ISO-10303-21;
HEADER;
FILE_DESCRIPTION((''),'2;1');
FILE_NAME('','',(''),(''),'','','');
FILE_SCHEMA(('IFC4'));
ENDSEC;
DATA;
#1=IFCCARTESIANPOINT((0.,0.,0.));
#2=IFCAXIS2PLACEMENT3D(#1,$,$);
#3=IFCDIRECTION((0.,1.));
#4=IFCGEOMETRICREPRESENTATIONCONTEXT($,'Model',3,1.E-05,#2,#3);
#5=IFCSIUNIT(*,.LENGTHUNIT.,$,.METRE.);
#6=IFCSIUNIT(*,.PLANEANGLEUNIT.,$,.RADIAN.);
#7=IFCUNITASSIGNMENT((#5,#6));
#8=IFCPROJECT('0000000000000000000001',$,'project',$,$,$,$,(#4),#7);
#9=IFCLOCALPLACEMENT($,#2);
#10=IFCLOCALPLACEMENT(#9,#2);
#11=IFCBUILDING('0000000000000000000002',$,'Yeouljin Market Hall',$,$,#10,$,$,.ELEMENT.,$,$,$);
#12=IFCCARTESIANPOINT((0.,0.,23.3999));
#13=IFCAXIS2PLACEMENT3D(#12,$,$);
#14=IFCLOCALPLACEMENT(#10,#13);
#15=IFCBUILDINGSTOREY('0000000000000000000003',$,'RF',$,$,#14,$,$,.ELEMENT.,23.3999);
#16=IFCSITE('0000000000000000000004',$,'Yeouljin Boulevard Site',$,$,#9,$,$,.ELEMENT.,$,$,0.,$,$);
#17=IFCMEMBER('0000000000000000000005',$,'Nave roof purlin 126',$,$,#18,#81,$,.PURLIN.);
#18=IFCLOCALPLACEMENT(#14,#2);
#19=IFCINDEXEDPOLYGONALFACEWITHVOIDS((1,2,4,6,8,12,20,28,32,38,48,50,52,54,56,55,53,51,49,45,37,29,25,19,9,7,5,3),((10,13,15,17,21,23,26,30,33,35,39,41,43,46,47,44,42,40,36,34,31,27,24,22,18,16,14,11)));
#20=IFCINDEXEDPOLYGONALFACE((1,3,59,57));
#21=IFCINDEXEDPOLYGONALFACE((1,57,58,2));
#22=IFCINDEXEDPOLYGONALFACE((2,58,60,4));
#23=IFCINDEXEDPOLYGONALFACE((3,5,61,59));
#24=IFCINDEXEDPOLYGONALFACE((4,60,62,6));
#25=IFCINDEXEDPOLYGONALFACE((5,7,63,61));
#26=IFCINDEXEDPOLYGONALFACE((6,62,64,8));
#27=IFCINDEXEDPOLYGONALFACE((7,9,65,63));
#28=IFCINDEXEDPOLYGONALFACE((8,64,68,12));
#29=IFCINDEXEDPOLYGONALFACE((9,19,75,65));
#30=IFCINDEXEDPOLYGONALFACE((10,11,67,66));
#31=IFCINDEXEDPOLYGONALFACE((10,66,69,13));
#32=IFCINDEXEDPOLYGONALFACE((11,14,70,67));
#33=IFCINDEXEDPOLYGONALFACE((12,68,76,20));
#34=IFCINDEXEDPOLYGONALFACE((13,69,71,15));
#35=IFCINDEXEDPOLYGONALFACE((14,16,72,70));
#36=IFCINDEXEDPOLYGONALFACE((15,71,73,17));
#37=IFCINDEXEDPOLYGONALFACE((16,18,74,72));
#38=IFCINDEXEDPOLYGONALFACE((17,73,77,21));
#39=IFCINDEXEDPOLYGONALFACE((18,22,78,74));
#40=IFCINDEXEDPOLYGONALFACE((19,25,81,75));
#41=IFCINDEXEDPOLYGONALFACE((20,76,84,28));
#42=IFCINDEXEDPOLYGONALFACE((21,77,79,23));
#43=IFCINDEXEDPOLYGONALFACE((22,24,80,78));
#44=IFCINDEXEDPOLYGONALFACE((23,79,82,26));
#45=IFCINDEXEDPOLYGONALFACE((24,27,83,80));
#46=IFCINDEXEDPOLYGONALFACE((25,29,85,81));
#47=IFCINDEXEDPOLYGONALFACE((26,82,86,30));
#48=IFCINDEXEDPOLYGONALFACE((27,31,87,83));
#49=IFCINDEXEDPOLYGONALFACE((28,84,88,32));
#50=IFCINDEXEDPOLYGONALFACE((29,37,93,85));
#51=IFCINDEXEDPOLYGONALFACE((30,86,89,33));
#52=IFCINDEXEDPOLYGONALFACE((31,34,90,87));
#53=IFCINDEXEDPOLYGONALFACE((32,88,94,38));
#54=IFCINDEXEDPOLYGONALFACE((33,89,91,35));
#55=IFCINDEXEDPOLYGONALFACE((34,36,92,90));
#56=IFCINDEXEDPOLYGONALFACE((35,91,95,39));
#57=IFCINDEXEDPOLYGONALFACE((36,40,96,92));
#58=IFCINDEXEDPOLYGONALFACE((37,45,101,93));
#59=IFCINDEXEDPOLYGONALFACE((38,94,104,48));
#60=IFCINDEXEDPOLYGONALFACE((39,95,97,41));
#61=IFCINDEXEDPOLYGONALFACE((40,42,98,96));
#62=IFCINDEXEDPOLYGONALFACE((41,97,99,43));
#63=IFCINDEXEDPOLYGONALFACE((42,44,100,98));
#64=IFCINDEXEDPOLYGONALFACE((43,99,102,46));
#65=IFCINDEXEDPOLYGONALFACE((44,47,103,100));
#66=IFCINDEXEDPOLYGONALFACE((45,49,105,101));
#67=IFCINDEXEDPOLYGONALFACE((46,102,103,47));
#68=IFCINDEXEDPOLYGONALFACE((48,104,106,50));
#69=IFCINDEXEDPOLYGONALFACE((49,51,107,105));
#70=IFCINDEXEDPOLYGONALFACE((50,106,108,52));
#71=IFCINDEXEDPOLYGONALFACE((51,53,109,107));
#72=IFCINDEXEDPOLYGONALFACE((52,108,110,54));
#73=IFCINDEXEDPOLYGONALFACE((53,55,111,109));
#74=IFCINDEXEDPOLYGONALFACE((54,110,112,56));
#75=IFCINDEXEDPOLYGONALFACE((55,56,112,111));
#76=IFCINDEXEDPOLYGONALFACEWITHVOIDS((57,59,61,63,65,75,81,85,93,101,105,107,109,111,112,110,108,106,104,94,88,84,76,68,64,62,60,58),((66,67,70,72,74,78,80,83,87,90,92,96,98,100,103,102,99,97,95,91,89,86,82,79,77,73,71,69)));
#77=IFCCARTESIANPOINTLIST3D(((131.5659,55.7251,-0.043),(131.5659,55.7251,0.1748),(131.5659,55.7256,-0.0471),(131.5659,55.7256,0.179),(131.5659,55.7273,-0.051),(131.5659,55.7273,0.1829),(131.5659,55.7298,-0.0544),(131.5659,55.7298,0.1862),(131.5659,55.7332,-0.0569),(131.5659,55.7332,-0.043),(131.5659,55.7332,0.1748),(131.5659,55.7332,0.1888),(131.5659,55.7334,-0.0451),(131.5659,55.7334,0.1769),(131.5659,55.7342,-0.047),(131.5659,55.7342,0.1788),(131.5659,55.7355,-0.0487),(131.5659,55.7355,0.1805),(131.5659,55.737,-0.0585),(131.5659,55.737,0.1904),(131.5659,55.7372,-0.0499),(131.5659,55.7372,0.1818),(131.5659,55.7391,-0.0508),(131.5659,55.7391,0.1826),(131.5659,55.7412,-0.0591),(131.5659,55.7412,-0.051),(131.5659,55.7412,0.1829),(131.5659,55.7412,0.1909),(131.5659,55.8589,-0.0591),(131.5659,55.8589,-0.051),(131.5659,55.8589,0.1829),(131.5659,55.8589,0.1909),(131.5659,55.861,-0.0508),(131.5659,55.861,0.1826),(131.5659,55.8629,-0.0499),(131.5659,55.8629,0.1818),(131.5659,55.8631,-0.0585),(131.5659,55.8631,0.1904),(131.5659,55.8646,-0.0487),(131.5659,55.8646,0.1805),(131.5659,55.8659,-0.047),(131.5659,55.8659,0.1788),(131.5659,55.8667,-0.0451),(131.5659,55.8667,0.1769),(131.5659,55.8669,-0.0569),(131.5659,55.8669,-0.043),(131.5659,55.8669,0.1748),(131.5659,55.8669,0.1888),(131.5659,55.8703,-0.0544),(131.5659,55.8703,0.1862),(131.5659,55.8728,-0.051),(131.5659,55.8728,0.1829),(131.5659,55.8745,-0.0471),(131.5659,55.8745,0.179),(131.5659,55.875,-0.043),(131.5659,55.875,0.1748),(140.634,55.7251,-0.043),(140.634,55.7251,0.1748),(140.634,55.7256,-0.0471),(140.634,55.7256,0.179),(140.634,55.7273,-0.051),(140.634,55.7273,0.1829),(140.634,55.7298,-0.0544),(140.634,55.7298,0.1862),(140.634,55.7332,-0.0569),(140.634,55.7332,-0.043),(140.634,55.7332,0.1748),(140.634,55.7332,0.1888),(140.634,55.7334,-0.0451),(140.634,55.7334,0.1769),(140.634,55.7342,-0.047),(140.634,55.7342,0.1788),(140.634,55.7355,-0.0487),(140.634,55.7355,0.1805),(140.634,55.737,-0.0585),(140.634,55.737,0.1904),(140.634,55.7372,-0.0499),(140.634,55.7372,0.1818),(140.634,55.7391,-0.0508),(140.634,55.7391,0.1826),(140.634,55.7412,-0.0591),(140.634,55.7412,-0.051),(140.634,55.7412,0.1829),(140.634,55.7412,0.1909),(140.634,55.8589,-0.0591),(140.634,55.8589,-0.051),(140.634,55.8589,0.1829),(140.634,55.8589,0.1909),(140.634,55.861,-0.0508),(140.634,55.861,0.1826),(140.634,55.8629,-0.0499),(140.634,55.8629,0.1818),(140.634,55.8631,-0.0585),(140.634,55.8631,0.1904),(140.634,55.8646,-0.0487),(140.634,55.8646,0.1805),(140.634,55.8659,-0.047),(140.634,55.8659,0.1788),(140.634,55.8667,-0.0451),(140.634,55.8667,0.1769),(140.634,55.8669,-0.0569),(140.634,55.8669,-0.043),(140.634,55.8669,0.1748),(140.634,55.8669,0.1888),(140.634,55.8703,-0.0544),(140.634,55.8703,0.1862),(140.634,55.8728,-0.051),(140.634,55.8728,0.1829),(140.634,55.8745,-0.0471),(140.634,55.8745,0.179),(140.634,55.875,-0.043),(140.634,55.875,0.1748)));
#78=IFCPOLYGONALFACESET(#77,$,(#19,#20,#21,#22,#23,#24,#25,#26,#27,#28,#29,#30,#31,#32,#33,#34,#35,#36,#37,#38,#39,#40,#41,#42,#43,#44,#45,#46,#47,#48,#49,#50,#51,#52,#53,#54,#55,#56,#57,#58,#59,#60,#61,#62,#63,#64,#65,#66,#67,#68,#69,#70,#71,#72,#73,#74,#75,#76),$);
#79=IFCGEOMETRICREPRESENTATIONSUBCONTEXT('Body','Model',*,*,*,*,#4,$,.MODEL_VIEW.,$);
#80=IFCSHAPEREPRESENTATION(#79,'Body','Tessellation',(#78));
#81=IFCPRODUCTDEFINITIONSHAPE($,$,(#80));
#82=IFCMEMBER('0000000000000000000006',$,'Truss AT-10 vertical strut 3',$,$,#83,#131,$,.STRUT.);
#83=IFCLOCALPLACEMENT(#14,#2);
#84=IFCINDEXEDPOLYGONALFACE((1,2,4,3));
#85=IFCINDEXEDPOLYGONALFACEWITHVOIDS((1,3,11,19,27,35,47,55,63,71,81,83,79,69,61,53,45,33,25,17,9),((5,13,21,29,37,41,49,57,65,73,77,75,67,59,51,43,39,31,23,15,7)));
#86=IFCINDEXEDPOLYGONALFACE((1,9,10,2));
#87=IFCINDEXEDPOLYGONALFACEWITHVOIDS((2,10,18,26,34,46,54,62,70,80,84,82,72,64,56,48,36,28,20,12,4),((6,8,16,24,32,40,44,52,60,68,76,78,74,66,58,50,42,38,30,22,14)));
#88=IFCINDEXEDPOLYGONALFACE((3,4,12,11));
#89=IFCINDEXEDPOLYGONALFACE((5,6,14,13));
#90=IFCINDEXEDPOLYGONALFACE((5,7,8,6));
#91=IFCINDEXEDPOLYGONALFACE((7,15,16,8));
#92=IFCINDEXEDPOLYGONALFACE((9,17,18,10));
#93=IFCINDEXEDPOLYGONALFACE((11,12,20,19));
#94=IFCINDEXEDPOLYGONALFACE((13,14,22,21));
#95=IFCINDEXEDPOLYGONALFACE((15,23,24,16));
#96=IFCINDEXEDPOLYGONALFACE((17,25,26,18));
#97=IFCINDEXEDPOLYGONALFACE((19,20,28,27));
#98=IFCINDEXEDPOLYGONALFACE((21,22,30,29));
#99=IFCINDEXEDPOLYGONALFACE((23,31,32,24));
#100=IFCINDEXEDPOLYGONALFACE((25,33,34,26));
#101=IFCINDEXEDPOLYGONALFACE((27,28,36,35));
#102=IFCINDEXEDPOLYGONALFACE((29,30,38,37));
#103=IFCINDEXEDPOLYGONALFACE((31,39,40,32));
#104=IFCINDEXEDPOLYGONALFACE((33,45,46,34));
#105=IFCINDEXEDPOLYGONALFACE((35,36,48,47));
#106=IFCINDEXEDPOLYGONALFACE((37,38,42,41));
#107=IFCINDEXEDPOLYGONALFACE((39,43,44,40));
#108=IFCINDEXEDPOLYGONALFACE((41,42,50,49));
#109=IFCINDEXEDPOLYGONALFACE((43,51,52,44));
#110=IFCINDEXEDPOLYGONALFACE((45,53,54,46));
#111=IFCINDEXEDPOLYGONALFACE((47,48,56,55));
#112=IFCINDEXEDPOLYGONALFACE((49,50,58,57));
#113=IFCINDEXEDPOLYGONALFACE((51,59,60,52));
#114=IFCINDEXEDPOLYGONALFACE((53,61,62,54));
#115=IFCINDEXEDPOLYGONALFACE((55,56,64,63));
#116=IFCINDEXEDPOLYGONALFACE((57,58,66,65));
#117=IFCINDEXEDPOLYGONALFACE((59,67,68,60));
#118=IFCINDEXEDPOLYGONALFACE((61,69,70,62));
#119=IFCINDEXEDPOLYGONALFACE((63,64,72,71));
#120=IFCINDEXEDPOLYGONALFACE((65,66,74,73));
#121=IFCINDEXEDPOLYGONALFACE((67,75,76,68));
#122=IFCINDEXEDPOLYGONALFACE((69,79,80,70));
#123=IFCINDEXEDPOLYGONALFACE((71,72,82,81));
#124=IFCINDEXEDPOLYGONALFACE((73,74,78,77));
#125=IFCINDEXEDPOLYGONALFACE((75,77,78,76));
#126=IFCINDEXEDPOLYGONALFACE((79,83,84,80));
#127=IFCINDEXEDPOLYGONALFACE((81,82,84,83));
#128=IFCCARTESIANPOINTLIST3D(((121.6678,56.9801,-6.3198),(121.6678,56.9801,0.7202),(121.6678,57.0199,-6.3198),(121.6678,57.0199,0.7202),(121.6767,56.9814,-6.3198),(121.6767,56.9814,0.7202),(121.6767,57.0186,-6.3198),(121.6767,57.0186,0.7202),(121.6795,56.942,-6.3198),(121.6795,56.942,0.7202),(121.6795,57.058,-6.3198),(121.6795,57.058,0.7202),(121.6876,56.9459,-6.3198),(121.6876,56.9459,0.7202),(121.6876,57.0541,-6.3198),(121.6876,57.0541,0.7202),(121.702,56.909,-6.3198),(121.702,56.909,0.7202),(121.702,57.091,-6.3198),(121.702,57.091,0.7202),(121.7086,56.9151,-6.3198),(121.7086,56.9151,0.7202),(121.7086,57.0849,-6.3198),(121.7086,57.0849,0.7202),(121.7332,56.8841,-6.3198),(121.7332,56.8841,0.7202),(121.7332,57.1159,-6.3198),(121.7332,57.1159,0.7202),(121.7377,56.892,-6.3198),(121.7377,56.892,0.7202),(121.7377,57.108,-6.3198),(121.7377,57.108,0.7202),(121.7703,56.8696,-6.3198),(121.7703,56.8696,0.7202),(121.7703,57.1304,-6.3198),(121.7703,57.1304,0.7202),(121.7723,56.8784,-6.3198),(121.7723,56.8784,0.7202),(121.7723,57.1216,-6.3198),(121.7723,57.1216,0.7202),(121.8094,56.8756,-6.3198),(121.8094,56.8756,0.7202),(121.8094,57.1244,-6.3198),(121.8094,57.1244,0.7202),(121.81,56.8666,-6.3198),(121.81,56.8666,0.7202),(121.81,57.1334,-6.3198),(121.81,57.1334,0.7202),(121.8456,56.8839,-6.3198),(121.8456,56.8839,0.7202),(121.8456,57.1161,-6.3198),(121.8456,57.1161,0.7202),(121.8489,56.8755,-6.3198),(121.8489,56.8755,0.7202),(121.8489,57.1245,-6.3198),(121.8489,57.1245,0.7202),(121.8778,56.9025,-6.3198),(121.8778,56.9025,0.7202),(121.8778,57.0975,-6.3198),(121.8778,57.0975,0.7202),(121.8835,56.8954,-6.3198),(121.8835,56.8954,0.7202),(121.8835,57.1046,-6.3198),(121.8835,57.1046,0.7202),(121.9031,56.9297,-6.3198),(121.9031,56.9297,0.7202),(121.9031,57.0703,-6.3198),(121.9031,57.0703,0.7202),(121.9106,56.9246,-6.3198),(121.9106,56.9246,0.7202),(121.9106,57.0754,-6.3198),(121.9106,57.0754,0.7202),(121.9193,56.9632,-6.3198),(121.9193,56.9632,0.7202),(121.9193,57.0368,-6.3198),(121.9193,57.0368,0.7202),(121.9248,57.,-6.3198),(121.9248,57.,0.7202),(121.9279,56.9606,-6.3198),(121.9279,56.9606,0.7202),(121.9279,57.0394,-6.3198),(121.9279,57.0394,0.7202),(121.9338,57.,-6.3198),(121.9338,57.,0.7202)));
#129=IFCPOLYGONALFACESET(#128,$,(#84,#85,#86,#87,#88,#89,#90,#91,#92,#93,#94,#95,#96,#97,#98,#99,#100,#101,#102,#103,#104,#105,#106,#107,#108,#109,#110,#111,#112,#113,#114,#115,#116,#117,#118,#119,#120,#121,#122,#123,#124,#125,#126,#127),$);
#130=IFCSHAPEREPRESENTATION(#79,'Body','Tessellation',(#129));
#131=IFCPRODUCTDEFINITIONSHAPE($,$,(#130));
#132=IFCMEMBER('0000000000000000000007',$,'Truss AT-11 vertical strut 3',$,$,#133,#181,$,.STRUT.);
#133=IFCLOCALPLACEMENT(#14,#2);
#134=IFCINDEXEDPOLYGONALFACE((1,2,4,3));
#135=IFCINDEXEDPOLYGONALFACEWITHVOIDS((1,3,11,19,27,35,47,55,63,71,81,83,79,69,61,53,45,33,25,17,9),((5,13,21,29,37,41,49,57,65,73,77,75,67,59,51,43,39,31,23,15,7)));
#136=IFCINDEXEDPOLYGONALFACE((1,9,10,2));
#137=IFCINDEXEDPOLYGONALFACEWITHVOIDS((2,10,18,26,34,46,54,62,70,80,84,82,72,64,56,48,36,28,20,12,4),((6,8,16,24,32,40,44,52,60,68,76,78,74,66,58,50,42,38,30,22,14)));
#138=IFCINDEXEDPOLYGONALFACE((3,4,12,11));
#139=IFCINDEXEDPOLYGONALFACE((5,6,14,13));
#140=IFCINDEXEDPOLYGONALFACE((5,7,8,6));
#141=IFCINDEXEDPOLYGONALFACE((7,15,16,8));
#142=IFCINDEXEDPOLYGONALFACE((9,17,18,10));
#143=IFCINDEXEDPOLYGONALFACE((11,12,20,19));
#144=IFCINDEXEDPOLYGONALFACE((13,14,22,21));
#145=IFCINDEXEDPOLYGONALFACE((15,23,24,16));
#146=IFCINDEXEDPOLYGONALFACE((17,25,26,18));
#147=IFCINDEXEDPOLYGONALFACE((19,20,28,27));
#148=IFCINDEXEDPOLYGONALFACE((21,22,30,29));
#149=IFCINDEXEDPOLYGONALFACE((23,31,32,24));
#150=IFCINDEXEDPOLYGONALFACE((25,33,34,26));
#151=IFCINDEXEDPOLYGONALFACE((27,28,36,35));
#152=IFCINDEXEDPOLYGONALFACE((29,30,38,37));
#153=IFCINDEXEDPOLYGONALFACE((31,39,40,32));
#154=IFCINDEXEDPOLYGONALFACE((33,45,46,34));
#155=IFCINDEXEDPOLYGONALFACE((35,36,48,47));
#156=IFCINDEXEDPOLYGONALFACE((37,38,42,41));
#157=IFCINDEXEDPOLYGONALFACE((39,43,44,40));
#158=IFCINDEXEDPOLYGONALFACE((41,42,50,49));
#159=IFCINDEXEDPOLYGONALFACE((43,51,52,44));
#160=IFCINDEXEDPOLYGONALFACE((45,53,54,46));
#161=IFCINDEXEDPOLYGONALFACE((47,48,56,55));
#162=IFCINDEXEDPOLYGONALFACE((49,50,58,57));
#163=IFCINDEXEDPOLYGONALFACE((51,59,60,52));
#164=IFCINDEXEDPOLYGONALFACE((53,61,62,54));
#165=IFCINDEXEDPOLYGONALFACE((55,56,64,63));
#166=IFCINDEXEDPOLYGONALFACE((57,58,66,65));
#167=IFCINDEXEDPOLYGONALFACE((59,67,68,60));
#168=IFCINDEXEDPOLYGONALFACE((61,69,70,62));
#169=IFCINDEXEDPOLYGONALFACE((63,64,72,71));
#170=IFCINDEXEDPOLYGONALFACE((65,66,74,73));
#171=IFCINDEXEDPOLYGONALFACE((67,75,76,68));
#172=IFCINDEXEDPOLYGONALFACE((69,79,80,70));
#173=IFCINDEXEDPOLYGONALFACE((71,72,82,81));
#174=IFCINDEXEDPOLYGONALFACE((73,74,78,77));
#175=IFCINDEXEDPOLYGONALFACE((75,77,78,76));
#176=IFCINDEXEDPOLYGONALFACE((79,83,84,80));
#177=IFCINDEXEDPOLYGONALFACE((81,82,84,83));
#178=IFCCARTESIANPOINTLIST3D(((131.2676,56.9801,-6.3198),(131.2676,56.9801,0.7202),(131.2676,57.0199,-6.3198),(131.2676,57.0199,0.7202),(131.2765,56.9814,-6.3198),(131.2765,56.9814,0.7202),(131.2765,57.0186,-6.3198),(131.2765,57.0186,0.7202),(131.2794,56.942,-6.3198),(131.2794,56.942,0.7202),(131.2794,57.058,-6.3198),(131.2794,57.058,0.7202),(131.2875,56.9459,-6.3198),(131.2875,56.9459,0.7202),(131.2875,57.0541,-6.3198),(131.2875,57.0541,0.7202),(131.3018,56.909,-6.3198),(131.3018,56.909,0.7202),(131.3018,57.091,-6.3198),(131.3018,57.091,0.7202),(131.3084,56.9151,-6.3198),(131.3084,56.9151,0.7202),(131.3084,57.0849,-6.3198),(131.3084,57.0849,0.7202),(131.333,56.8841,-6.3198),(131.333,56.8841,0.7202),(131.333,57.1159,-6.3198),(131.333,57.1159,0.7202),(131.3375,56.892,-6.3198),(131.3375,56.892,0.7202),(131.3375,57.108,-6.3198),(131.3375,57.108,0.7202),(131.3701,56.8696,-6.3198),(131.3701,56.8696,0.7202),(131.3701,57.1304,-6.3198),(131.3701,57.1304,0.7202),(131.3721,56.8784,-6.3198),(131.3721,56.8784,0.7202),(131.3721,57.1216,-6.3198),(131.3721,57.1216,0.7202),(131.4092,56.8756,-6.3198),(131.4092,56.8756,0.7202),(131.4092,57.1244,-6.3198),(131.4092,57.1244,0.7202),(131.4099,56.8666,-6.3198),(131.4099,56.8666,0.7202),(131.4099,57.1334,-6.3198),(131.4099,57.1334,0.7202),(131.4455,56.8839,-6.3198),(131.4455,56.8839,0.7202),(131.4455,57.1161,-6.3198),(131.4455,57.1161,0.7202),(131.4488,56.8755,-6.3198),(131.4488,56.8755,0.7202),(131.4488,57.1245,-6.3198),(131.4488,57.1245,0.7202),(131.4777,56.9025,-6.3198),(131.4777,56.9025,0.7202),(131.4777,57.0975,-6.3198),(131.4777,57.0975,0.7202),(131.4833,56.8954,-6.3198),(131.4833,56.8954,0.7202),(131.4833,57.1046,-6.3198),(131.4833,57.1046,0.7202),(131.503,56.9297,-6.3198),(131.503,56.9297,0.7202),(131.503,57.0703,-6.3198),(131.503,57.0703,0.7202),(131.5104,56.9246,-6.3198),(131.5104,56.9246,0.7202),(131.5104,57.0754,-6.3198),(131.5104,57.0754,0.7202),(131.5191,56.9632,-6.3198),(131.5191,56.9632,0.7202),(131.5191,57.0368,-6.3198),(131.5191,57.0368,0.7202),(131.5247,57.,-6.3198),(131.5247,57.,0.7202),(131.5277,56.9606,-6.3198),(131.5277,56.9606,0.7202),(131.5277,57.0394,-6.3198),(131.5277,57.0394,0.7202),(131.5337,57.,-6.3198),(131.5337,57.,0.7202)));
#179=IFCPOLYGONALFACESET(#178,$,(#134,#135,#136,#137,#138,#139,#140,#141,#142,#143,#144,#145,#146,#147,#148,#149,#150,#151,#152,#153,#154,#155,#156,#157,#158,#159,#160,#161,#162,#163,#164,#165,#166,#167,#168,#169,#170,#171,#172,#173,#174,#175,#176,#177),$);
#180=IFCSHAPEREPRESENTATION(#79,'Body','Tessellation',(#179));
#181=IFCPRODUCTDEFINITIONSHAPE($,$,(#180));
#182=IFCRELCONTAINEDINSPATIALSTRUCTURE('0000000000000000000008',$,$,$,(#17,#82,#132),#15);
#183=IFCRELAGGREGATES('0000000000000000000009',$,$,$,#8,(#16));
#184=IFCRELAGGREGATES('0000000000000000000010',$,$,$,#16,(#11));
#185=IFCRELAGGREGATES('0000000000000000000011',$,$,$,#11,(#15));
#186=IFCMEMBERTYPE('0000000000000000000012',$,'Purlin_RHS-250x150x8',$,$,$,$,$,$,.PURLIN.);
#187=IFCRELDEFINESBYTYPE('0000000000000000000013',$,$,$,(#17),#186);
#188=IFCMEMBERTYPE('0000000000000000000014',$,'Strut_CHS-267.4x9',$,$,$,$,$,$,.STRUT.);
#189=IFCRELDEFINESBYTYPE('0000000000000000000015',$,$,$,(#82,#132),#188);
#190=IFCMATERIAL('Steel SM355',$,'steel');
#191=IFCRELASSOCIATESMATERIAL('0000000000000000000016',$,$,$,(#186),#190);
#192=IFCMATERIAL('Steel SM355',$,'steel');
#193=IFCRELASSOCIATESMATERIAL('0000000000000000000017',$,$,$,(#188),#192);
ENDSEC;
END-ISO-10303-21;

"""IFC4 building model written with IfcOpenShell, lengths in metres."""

from ifc_helpers import new_model, si_unit, direction, frame, origin, origin_2d, place, context, subcontext, project, spatial, hollow_rectangle, hollow_circle, extrude, material, material_profile, profile_set, type_object, element, save


model = new_model("IFC4")

# Units and contexts
model_context = context("Model", 3, precision=1e-05, world=origin(), true_north=direction((0.0, 1.0)))
body_context = subcontext(model_context, "Body", "Model", "MODEL_VIEW")
ifc_project = project(units=[si_unit("LENGTHUNIT", "METRE"), si_unit("PLANEANGLEUNIT", "RADIAN")], contexts=[model_context])

# Site, building, storey
site_placement = place(None, origin())
site = spatial("IfcSite", under=ifc_project, at=site_placement, Name="Yeouljin Boulevard Site", CompositionType="ELEMENT", RefElevation=0.0)
building_placement = place(site_placement, origin())
building = spatial("IfcBuilding", under=site, at=building_placement, Name="Yeouljin Market Hall", CompositionType="ELEMENT")
storey_placement = place(building_placement, frame((0.0, 0.0, 23.3999)))
storey = spatial("IfcBuildingStorey", under=building, at=storey_placement, Name="RF", CompositionType="ELEMENT", Elevation=23.3999)

# Members
ifc_material_1 = material(Name="Steel SM355", Category="steel")
ifc_material_profile_1 = material_profile(ifc_material_1, hollow_rectangle(XDim=0.1499, YDim=0.25, WallThickness=0.0081, InnerFilletRadius=0.0081, OuterFilletRadius=0.0161, at=origin_2d()), Name="RHS-250x150x8")
ifc_profile_set_1 = profile_set([ifc_material_profile_1], Name="Steel SM355")
member_type_1 = type_object("IfcMemberType", Name="Purlin_RHS-250x150x8", PredefinedType="PURLIN", material=ifc_profile_set_1)
for number, where, z_axis, x_axis, name in (
    (1, (131.5659, 55.8, 0.0659), (1.0, 0.0, 0.0), (0.0, 1.0, 0.0), "Nave roof purlin 126"),
):
    element("IfcMember", number, at=place(storey_placement, frame(where, z_axis=z_axis, x_axis=x_axis)), inside=storey, type_object=member_type_1, Name=name, PredefinedType="PURLIN", context=body_context, shape_type="SweptSolid", body=[
        extrude(hollow_rectangle(XDim=0.1499, YDim=0.25, WallThickness=0.0081, InnerFilletRadius=0.0081, OuterFilletRadius=0.0161, at=origin_2d()), origin(), (0.0, 0.0, 1.0), 9.0681),
    ])
ifc_material_2 = material(Name="Steel SM355", Category="steel")
ifc_material_profile_2 = material_profile(ifc_material_2, hollow_circle(Radius=0.1338, WallThickness=0.009, at=origin_2d()), Name="CHS-267.4x9")
ifc_profile_set_2 = profile_set([ifc_material_profile_2], Name="Steel SM355")
member_type_2 = type_object("IfcMemberType", Name="Strut_CHS-267.4x9", PredefinedType="STRUT", material=ifc_profile_set_2)
for number, where, z_axis, x_axis, name in (
    (2, (121.8, 57.0, -6.3198), (0.0, 0.0, 1.0), (1.0, 0.0, 0.0), "Truss AT-10 vertical strut 3"),
    (3, (131.3999, 57.0, -6.3198), (0.0, 0.0, 1.0), (1.0, 0.0, 0.0), "Truss AT-11 vertical strut 3"),
):
    element("IfcMember", number, at=place(storey_placement, frame(where, z_axis=z_axis, x_axis=x_axis)), inside=storey, type_object=member_type_2, Name=name, PredefinedType="STRUT", context=body_context, shape_type="SweptSolid", body=[
        extrude(hollow_circle(Radius=0.1338, WallThickness=0.009, at=origin_2d()), origin(), (0.0, 0.0, 1.0), 7.04),
    ])

save(model, "model.ifc")
